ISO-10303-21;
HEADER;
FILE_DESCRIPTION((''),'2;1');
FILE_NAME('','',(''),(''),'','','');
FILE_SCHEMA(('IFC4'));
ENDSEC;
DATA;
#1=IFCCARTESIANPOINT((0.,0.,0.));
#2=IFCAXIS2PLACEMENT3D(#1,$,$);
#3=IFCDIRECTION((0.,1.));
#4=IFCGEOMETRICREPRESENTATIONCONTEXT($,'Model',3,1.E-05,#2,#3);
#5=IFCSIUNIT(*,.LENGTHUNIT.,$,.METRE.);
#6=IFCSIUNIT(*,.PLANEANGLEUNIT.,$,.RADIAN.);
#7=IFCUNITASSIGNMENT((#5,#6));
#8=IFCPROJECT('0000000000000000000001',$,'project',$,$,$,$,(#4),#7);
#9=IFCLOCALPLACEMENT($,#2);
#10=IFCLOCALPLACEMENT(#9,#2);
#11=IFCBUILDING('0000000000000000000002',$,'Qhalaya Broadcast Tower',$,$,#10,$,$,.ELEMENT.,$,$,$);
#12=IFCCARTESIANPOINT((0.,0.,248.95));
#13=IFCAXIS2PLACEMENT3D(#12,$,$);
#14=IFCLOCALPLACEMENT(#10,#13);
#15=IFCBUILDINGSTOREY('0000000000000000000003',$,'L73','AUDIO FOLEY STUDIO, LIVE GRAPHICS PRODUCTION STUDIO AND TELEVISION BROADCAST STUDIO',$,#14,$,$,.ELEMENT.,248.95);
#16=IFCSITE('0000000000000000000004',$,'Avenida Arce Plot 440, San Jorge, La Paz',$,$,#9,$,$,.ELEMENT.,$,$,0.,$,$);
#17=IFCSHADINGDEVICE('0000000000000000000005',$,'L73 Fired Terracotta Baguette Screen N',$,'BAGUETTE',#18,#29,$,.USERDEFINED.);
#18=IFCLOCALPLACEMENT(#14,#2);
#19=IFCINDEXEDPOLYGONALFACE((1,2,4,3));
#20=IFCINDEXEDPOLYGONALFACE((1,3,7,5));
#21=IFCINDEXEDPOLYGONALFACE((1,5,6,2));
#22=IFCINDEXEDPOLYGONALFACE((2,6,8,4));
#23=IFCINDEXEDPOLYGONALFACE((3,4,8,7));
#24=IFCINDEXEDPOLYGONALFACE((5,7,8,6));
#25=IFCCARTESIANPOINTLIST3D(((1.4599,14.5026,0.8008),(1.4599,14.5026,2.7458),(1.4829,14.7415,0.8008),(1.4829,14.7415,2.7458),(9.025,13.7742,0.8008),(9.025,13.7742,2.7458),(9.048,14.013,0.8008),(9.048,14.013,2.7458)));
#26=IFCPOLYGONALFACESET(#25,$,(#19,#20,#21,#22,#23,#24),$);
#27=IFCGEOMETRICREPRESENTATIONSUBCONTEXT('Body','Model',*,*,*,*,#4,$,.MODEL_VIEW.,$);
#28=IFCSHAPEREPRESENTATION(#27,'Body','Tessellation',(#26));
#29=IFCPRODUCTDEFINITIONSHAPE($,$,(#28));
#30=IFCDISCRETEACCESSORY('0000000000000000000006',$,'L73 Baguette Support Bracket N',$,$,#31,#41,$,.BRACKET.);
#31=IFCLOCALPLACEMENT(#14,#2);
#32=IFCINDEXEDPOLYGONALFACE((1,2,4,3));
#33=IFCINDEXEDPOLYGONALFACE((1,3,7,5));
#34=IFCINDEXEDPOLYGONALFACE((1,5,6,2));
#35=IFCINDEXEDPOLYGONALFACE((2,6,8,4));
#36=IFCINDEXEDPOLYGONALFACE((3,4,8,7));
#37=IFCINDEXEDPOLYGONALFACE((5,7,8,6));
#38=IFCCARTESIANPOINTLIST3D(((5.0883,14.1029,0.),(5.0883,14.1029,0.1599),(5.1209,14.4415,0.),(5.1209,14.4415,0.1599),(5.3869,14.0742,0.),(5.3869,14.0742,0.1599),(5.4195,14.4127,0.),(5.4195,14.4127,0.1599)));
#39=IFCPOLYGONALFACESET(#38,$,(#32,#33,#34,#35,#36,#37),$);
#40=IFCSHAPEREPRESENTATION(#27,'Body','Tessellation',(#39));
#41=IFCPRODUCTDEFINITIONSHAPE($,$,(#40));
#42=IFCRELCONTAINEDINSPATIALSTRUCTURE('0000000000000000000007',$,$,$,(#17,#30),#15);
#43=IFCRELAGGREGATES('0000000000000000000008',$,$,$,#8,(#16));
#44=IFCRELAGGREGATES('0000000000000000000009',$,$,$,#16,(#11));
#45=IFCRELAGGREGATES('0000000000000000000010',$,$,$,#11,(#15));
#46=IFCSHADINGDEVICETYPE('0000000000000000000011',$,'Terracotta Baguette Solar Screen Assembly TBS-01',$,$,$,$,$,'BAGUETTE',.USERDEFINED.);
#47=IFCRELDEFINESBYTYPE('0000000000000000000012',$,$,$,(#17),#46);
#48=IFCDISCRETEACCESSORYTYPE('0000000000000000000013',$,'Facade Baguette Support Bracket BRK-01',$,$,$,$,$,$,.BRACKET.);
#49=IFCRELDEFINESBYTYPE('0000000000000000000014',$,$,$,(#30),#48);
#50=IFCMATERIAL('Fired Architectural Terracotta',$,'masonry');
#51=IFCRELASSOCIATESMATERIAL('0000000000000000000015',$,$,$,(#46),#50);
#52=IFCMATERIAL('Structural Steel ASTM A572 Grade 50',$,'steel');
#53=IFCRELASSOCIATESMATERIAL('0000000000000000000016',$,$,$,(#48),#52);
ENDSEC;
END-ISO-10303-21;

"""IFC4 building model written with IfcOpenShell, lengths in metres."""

from ifc_helpers import new_model, si_unit, direction, frame, origin, origin_2d, place, context, subcontext, project, spatial, rectangle, extrude, material, type_object, element, save


model = new_model("IFC4")

# Units and contexts
model_context = context("Model", 3, precision=1e-05, world=origin(), true_north=direction((0.0, 1.0)))
body_context = subcontext(model_context, "Body", "Model", "MODEL_VIEW")
ifc_project = project(units=[si_unit("LENGTHUNIT", "METRE"), si_unit("PLANEANGLEUNIT", "RADIAN")], contexts=[model_context])

# Site, building, storey
site_placement = place(None, origin())
site = spatial("IfcSite", under=ifc_project, at=site_placement, Name="Avenida Arce Plot 440, San Jorge, La Paz", CompositionType="ELEMENT", RefElevation=0.0)
building_placement = place(site_placement, origin())
building = spatial("IfcBuilding", under=site, at=building_placement, Name="Qhalaya Broadcast Tower", CompositionType="ELEMENT")
storey_placement = place(building_placement, frame((0.0, 0.0, 248.95)))
storey = spatial("IfcBuildingStorey", under=building, at=storey_placement, Name="L73", Description="AUDIO FOLEY STUDIO, LIVE GRAPHICS PRODUCTION STUDIO AND TELEVISION BROADCAST STUDIO", CompositionType="ELEMENT", Elevation=248.95)

# Shared definitions
ifc_material_1 = material(Name="Structural Steel ASTM A572 Grade 50", Category="steel")

# Shared definitions
ifc_material_2 = material(Name="Fired Architectural Terracotta", Category="masonry")

# Shading device
shading_device_type = type_object("IfcShadingDeviceType", Name="Terracotta Baguette Solar Screen Assembly TBS-01", ElementType="BAGUETTE", PredefinedType="USERDEFINED", material=ifc_material_2)
shading_device_placement = place(storey_placement, frame((5.2539, 14.2578, 0.8008), z_axis=(0.0, 0.0, 1.0), x_axis=(-0.995396, 0.095846, 0.0)))
element("IfcShadingDevice", 1, at=shading_device_placement, inside=storey, type_object=shading_device_type, Name="L73 Fired Terracotta Baguette Screen N", ObjectType="BAGUETTE", PredefinedType="USERDEFINED", context=body_context, shape_type="SweptSolid", body=[
    extrude(rectangle(XDim=7.6001, YDim=0.24, at=origin_2d()), origin(), (0.0, 0.0, 1.0), 1.9451),
])

# Discrete accessory
discrete_accessory_type = type_object("IfcDiscreteAccessoryType", Name="Facade Baguette Support Bracket BRK-01", PredefinedType="BRACKET", material=ifc_material_1)
discrete_accessory_placement = place(storey_placement, frame((5.2539, 14.2578, 0.0), z_axis=(0.0, 0.0, 1.0), x_axis=(-0.995396, 0.095846, 0.0)))
element("IfcDiscreteAccessory", 2, at=discrete_accessory_placement, inside=storey, type_object=discrete_accessory_type, Name="L73 Baguette Support Bracket N", PredefinedType="BRACKET", context=body_context, shape_type="SweptSolid", body=[
    extrude(rectangle(XDim=0.3, YDim=0.3401, at=origin_2d()), origin(), (0.0, 0.0, 1.0), 0.1599),
])

save(model, "model.ifc")
